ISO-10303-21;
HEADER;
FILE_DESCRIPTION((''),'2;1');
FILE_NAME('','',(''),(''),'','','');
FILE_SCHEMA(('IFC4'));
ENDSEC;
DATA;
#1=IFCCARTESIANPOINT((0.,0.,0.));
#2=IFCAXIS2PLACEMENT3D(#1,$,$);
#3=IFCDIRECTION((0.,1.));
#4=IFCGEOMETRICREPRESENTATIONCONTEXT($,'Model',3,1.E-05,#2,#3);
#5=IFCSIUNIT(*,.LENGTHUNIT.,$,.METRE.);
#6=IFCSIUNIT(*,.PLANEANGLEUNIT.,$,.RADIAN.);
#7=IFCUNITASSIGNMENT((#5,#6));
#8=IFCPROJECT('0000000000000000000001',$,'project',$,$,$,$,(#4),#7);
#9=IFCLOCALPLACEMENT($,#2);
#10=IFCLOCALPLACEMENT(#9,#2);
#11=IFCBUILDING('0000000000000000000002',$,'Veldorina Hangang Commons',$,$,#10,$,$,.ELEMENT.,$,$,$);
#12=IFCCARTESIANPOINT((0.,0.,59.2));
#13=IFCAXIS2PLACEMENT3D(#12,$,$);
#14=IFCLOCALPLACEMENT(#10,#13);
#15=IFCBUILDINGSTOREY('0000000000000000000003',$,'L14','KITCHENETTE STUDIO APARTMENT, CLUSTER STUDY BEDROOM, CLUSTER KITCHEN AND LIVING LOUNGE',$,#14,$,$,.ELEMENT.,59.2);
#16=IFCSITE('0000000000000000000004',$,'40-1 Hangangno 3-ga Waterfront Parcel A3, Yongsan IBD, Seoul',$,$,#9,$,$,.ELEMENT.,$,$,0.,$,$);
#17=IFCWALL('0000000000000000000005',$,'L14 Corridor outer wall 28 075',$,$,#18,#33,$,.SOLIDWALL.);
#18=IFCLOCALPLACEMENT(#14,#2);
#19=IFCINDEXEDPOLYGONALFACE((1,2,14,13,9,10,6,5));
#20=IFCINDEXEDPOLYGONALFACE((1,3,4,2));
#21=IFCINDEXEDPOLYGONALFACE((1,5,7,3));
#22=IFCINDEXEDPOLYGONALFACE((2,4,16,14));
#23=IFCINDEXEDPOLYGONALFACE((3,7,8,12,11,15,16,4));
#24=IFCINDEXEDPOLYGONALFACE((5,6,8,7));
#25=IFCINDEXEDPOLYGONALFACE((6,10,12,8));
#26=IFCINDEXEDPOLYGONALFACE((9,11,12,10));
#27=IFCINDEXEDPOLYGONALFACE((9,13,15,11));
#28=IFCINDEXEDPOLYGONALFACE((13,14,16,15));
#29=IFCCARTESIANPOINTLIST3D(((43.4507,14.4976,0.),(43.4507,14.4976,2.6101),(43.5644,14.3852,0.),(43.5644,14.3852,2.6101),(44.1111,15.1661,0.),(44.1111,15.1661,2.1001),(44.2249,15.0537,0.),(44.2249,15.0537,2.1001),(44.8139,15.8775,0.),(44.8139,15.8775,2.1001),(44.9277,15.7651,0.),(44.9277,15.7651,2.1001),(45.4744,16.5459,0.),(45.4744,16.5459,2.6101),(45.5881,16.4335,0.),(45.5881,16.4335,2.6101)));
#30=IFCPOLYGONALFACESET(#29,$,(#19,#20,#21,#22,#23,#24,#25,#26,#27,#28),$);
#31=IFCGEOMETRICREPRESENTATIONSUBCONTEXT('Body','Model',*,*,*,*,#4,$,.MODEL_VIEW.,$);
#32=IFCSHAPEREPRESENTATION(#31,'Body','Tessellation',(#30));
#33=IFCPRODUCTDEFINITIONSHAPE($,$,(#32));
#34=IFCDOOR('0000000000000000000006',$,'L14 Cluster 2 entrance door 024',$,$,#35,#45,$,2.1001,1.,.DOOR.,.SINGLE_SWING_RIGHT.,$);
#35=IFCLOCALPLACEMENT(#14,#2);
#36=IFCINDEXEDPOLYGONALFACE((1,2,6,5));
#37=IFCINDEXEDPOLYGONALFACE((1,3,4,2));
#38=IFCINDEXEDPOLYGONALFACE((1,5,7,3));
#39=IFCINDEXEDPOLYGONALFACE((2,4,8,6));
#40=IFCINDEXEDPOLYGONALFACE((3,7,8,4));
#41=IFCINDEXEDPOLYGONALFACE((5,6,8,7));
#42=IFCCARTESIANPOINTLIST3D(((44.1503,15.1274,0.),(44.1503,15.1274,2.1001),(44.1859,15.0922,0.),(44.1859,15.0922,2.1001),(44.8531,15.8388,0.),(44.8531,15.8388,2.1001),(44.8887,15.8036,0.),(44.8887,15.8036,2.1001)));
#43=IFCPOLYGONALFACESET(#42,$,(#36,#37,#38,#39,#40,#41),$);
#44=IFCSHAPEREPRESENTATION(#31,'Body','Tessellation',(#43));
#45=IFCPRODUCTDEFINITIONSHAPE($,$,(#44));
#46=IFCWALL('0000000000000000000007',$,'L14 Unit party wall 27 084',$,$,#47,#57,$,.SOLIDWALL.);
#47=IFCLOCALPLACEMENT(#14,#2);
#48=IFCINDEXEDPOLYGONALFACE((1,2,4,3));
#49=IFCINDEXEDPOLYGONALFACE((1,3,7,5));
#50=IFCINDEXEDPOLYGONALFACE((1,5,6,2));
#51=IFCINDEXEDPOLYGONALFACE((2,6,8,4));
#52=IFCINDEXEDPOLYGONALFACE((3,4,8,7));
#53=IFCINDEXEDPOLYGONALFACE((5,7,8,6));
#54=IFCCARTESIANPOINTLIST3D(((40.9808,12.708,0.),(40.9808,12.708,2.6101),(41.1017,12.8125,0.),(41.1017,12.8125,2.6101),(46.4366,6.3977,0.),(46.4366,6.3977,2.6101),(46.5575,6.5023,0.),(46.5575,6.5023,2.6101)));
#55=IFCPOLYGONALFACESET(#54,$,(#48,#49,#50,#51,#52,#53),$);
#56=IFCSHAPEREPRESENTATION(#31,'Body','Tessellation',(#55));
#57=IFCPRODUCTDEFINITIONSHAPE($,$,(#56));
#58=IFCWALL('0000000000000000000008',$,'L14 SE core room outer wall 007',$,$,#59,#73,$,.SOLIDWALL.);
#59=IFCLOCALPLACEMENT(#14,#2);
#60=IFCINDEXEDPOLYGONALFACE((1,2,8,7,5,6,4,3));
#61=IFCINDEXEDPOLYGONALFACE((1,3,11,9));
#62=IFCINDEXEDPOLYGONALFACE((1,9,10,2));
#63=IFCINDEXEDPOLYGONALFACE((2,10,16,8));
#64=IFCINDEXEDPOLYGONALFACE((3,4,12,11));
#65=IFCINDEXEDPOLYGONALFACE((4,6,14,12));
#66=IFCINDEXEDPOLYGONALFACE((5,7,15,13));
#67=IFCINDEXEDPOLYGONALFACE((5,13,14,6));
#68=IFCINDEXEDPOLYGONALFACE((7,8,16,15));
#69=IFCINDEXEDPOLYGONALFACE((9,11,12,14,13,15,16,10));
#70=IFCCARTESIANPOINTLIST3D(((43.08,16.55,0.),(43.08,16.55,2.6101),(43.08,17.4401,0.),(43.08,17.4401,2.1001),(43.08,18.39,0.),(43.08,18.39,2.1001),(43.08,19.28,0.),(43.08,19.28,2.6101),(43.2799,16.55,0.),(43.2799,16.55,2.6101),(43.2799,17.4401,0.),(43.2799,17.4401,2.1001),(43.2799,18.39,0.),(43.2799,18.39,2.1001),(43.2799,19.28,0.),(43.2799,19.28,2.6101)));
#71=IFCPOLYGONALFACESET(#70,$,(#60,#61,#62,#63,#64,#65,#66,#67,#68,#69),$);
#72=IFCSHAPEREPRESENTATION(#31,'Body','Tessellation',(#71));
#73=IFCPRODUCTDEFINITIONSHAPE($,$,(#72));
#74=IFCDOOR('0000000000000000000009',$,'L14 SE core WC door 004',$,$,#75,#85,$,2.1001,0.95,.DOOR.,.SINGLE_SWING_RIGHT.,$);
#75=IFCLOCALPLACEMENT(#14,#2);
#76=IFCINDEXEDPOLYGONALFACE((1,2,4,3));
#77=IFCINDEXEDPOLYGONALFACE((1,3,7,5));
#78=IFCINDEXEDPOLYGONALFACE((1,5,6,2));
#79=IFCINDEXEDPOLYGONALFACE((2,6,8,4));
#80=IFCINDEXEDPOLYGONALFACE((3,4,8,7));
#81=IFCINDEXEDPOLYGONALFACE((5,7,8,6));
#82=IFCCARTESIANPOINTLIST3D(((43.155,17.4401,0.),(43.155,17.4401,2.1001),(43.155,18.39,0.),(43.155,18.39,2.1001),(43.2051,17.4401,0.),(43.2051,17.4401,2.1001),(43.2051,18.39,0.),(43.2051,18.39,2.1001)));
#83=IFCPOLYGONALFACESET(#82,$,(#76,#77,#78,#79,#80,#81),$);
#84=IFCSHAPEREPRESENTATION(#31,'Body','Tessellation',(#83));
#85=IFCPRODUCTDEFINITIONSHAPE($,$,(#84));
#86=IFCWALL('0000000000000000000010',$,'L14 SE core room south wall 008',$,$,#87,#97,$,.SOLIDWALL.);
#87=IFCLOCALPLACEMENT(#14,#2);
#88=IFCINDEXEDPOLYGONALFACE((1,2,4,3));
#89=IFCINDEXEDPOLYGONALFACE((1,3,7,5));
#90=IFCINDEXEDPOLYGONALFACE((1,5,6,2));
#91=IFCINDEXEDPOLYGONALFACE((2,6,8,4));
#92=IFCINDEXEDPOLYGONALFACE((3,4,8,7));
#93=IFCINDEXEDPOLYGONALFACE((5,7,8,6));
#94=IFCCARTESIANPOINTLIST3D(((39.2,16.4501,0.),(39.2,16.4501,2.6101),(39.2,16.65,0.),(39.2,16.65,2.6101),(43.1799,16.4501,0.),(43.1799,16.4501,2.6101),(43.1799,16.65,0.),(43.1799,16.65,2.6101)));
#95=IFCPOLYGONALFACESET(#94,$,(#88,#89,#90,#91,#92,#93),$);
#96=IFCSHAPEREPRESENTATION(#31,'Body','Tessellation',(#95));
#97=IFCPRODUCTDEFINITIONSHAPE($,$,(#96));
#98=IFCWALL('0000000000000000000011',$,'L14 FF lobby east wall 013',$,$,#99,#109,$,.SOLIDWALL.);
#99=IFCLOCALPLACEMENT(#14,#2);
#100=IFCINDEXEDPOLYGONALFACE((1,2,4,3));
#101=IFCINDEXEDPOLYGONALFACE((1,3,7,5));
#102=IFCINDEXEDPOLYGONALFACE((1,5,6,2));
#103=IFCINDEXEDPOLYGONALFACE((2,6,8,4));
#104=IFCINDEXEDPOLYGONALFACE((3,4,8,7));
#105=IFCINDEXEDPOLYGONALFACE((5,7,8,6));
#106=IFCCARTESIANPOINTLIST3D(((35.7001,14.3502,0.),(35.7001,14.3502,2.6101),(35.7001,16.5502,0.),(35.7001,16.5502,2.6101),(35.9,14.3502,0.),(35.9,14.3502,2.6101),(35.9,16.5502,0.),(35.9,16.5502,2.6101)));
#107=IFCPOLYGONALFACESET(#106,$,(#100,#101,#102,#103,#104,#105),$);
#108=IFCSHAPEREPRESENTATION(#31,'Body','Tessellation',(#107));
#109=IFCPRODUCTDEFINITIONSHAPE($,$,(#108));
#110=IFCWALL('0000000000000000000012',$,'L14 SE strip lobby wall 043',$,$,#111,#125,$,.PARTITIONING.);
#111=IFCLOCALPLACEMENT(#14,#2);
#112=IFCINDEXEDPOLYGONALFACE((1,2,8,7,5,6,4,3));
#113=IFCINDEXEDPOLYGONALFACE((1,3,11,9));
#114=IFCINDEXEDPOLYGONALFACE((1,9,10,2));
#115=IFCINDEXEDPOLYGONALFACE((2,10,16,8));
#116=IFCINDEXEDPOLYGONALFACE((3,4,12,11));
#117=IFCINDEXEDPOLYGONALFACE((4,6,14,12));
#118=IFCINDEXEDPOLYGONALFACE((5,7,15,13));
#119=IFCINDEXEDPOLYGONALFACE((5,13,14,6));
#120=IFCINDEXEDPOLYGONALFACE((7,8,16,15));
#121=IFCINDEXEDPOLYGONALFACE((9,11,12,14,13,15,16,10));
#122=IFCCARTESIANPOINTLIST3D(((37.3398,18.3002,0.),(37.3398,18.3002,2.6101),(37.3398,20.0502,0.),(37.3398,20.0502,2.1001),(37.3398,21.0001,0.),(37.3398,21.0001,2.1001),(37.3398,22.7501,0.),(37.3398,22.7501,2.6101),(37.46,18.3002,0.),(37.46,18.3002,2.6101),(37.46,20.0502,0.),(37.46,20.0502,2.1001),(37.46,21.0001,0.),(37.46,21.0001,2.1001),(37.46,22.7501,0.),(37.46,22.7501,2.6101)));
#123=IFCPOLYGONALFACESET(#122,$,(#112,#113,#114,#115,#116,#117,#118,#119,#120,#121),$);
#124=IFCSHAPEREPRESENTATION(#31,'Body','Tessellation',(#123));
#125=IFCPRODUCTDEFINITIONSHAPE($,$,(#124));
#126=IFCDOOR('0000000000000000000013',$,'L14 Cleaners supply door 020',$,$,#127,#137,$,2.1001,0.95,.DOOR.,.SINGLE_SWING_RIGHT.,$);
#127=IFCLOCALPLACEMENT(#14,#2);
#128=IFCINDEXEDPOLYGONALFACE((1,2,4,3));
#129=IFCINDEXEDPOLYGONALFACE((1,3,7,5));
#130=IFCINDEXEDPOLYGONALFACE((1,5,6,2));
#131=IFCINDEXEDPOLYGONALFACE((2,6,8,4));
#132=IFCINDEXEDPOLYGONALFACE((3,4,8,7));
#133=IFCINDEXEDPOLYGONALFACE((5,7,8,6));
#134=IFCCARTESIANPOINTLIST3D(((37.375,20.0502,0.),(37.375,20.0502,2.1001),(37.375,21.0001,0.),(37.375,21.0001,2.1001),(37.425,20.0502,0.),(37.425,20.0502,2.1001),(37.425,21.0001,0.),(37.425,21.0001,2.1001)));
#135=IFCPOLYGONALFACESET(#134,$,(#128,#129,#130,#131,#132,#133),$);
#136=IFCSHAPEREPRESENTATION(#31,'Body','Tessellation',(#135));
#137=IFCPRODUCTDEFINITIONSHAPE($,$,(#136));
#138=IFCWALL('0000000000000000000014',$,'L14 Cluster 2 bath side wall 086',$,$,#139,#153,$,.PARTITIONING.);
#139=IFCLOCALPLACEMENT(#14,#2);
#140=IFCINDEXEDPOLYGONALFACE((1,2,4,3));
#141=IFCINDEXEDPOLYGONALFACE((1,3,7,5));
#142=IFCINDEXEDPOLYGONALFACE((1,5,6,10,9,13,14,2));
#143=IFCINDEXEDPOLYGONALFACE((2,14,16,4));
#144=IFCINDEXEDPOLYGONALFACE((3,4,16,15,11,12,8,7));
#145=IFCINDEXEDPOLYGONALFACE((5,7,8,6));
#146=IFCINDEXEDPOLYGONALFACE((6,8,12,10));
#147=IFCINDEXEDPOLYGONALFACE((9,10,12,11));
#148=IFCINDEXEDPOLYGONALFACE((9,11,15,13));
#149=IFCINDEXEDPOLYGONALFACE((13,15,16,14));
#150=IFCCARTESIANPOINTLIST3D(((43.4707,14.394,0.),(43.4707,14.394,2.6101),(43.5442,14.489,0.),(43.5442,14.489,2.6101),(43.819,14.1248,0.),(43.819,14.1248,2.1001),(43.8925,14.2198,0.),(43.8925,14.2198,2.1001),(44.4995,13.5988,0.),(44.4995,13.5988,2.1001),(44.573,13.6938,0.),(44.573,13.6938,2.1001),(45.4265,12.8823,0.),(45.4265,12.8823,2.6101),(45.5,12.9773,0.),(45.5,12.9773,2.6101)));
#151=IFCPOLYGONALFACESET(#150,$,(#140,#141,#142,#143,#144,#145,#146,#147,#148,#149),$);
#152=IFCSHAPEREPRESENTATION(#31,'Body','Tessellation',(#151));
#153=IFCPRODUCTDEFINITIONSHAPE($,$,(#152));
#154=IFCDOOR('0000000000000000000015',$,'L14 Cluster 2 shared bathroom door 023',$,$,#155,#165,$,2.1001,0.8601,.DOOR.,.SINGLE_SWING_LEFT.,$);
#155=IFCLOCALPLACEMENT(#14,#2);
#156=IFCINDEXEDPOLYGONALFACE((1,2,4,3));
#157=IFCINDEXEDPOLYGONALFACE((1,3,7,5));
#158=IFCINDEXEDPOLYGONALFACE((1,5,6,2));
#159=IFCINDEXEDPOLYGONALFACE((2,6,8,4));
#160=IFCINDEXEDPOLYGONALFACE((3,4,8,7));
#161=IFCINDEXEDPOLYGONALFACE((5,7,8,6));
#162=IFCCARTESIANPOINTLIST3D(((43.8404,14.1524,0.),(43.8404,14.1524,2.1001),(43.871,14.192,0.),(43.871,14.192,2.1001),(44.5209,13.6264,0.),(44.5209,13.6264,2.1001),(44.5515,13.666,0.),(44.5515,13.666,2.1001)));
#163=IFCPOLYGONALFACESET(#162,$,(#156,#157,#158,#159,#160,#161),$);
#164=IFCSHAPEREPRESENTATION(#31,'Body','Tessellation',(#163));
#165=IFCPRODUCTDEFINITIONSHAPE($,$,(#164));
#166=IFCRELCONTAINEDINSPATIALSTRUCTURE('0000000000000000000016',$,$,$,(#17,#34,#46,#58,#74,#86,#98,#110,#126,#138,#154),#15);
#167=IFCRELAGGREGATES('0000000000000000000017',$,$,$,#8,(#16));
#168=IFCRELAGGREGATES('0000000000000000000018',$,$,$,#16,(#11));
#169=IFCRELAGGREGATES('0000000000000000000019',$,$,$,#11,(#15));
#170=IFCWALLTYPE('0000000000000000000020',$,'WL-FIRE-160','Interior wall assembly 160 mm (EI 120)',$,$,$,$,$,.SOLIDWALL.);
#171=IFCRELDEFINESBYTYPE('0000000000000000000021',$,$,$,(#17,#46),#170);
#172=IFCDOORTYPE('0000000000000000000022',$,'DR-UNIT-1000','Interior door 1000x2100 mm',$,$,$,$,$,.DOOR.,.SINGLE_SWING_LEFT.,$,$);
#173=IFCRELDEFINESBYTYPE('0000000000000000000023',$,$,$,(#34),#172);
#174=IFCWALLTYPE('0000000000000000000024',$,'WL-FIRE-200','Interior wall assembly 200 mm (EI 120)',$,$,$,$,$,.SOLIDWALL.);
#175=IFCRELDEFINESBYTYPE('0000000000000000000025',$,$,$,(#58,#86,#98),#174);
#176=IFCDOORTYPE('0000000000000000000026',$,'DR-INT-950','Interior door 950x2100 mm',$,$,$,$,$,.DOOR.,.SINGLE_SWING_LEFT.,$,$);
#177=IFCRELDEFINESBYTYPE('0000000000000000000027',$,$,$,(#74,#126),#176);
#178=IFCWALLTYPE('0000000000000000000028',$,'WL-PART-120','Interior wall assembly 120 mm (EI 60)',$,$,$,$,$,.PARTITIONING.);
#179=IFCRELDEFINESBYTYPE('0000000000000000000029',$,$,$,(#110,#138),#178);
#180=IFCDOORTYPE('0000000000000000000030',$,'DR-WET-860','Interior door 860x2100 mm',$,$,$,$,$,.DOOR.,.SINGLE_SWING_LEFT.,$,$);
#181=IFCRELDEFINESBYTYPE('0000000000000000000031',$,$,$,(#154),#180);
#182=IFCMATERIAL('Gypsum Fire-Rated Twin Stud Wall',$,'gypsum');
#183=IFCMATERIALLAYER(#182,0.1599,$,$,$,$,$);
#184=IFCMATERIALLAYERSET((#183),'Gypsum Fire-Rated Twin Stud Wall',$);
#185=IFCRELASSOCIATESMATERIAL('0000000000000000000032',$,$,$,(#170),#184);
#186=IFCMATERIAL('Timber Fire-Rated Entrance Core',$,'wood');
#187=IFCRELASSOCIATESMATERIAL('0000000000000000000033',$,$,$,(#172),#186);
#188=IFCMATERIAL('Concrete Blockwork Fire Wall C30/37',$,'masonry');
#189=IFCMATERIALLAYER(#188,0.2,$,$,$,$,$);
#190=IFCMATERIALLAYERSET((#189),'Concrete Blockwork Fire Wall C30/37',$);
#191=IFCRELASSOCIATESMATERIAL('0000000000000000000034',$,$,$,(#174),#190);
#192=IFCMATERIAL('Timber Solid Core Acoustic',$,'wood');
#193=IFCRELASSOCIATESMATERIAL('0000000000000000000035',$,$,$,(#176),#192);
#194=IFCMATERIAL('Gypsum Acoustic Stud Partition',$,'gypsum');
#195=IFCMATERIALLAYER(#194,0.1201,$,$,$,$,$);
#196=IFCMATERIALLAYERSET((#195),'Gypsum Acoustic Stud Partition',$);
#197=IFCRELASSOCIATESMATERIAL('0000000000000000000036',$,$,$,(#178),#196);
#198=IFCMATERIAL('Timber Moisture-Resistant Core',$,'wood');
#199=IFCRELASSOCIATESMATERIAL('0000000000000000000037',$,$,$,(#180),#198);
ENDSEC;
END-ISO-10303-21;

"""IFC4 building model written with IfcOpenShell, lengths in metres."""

from ifc_helpers import new_model, si_unit, direction, frame, frame_2d, origin, place, context, subcontext, project, spatial, rectangle, extrude, material, layer, layer_set, type_object, element, fill, save


model = new_model("IFC4")

# Units and contexts
model_context = context("Model", 3, precision=1e-05, world=origin(), true_north=direction((0.0, 1.0)))
body_context = subcontext(model_context, "Body", "Model", "MODEL_VIEW")
ifc_project = project(units=[si_unit("LENGTHUNIT", "METRE"), si_unit("PLANEANGLEUNIT", "RADIAN")], contexts=[model_context])

# Site, building, storey
site_placement = place(None, origin())
site = spatial("IfcSite", under=ifc_project, at=site_placement, Name="40-1 Hangangno 3-ga Waterfront Parcel A3, Yongsan IBD, Seoul", CompositionType="ELEMENT", RefElevation=0.0)
building_placement = place(site_placement, origin())
building = spatial("IfcBuilding", under=site, at=building_placement, Name="Veldorina Hangang Commons", CompositionType="ELEMENT")
storey_placement = place(building_placement, frame((0.0, 0.0, 59.2)))
storey = spatial("IfcBuildingStorey", under=building, at=storey_placement, Name="L14", Description="KITCHENETTE STUDIO APARTMENT, CLUSTER STUDY BEDROOM, CLUSTER KITCHEN AND LIVING LOUNGE", CompositionType="ELEMENT", Elevation=59.2)

# Shared definitions
ifc_material_1 = material(Name="Gypsum Fire-Rated Twin Stud Wall", Category="gypsum")
ifc_layer_1 = layer(ifc_material_1, 0.1599)
ifc_layer_set_1 = layer_set([ifc_layer_1], Name="Gypsum Fire-Rated Twin Stud Wall")
wall_type_1 = type_object("IfcWallType", Name="WL-FIRE-160", Description="Interior wall assembly 160 mm (EI 120)", PredefinedType="SOLIDWALL", material=ifc_layer_set_1)

# Wall, opening, door
wall_1_placement = place(storey_placement, frame((43.5076, 14.4414, 0.0), z_axis=(0.0, 0.0, 1.0), x_axis=(0.702812, 0.711376, 0.0)))
wall_1 = element("IfcWall", 1, at=wall_1_placement, inside=storey, type_object=wall_type_1, Name="L14 Corridor outer wall 28 075", PredefinedType="SOLIDWALL", context=body_context, shape_type="SweptSolid", body=[
    extrude(rectangle(XDim=2.8794, YDim=0.1599, at=frame_2d((1.4397, 0.0))), origin(), (0.0, 0.0, 1.0), 2.6101),
])
opening_1_placement = place(wall_1_placement, frame((0.9397, 0.0, 0.0)))
opening_1 = element("IfcOpeningElement", 2, at=opening_1_placement, cuts=wall_1, PredefinedType="OPENING", context=body_context, shape_type="SweptSolid", body=[
    extrude(rectangle(XDim=1.0, YDim=2.1001, at=frame_2d((0.5, 1.05))), frame((0.0, 0.0898, 0.0), z_axis=(0.0, -1.0, 0.0), x_axis=(1.0, 0.0, 0.0)), (0.0, 0.0, 1.0), 0.1799),
])
ifc_material_2 = material(Name="Timber Fire-Rated Entrance Core", Category="wood")
door_type_1 = type_object("IfcDoorType", Name="DR-UNIT-1000", Description="Interior door 1000x2100 mm", OperationType="SINGLE_SWING_LEFT", PredefinedType="DOOR", material=ifc_material_2)
door_1_placement = place(opening_1_placement, origin())
door_1 = element("IfcDoor", 3, at=door_1_placement, inside=storey, type_object=door_type_1, Name="L14 Cluster 2 entrance door 024", OperationType="SINGLE_SWING_RIGHT", OverallHeight=2.1001, OverallWidth=1.0, PredefinedType="DOOR", context=body_context, shape_type="SweptSolid", body=[
    extrude(rectangle(XDim=1.0, YDim=2.1001, at=frame_2d((0.5, 1.05))), frame((0.0, 0.0249, 0.0), z_axis=(0.0, -1.0, 0.0), x_axis=(1.0, 0.0, 0.0)), (0.0, 0.0, 1.0), 0.05),
])
fill(opening_1, door_1)

# Wall
wall_2_placement = place(storey_placement, frame((41.0413, 12.7603, 0.0), z_axis=(0.0, 0.0, 1.0), x_axis=(0.654032, -0.756467, 0.0)))
element("IfcWall", 4, at=wall_2_placement, inside=storey, type_object=wall_type_1, Name="L14 Unit party wall 27 084", PredefinedType="SOLIDWALL", context=body_context, shape_type="SweptSolid", body=[
    extrude(rectangle(XDim=8.3418, YDim=0.1599, at=frame_2d((4.1709, 0.0))), origin(), (0.0, 0.0, 1.0), 2.6101),
])

# Wall, opening, door
ifc_material_3 = material(Name="Concrete Blockwork Fire Wall C30/37", Category="masonry")
ifc_layer_2 = layer(ifc_material_3, 0.2)
ifc_layer_set_2 = layer_set([ifc_layer_2], Name="Concrete Blockwork Fire Wall C30/37")
wall_type_2 = type_object("IfcWallType", Name="WL-FIRE-200", Description="Interior wall assembly 200 mm (EI 120)", PredefinedType="SOLIDWALL", material=ifc_layer_set_2)
wall_3_placement = place(storey_placement, frame((43.1799, 16.55, 0.0), z_axis=(0.0, 0.0, 1.0), x_axis=(0.0, 1.0, 0.0)))
wall_3 = element("IfcWall", 5, at=wall_3_placement, inside=storey, type_object=wall_type_2, Name="L14 SE core room outer wall 007", PredefinedType="SOLIDWALL", context=body_context, shape_type="SweptSolid", body=[
    extrude(rectangle(XDim=2.73, YDim=0.2, at=frame_2d((1.365, 0.0))), origin(), (0.0, 0.0, 1.0), 2.6101),
])
opening_2_placement = place(wall_3_placement, frame((0.8899, 0.0, 0.0)))
opening_2 = element("IfcOpeningElement", 6, at=opening_2_placement, cuts=wall_3, PredefinedType="OPENING", context=body_context, shape_type="SweptSolid", body=[
    extrude(rectangle(XDim=0.95, YDim=2.1001, at=frame_2d((0.4751, 1.05))), frame((0.0, 0.1099, 0.0), z_axis=(0.0, -1.0, 0.0), x_axis=(1.0, 0.0, 0.0)), (0.0, 0.0, 1.0), 0.22),
])
ifc_material_4 = material(Name="Timber Solid Core Acoustic", Category="wood")
door_type_2 = type_object("IfcDoorType", Name="DR-INT-950", Description="Interior door 950x2100 mm", OperationType="SINGLE_SWING_LEFT", PredefinedType="DOOR", material=ifc_material_4)
door_2_placement = place(opening_2_placement, origin())
door_2 = element("IfcDoor", 7, at=door_2_placement, inside=storey, type_object=door_type_2, Name="L14 SE core WC door 004", OperationType="SINGLE_SWING_RIGHT", OverallHeight=2.1001, OverallWidth=0.95, PredefinedType="DOOR", context=body_context, shape_type="SweptSolid", body=[
    extrude(rectangle(XDim=0.95, YDim=2.1001, at=frame_2d((0.4751, 1.05))), frame((0.0, 0.0249, 0.0), z_axis=(0.0, -1.0, 0.0), x_axis=(1.0, 0.0, 0.0)), (0.0, 0.0, 1.0), 0.05),
])
fill(opening_2, door_2)

# Walls
wall_4_placement = place(storey_placement, frame((39.2, 16.55, 0.0), z_axis=(0.0, 0.0, 1.0), x_axis=(1.0, 0.0, 0.0)))
element("IfcWall", 8, at=wall_4_placement, inside=storey, type_object=wall_type_2, Name="L14 SE core room south wall 008", PredefinedType="SOLIDWALL", context=body_context, shape_type="SweptSolid", body=[
    extrude(rectangle(XDim=3.98, YDim=0.2, at=frame_2d((1.99, 0.0))), origin(), (0.0, 0.0, 1.0), 2.6101),
])
wall_5_placement = place(storey_placement, frame((35.8, 14.3501, 0.0), z_axis=(0.0, 0.0, 1.0), x_axis=(0.0, 1.0, 0.0)))
element("IfcWall", 9, at=wall_5_placement, inside=storey, type_object=wall_type_2, Name="L14 FF lobby east wall 013", PredefinedType="SOLIDWALL", context=body_context, shape_type="SweptSolid", body=[
    extrude(rectangle(XDim=2.2, YDim=0.2, at=frame_2d((1.1001, 0.0))), origin(), (0.0, 0.0, 1.0), 2.6101),
])

# Walls, openings, doors
ifc_material_5 = material(Name="Gypsum Acoustic Stud Partition", Category="gypsum")
ifc_layer_3 = layer(ifc_material_5, 0.1201)
ifc_layer_set_3 = layer_set([ifc_layer_3], Name="Gypsum Acoustic Stud Partition")
wall_type_3 = type_object("IfcWallType", Name="WL-PART-120", Description="Interior wall assembly 120 mm (EI 60)", PredefinedType="PARTITIONING", material=ifc_layer_set_3)
wall_6_placement = place(storey_placement, frame((37.3999, 18.3, 0.0), z_axis=(0.0, 0.0, 1.0), x_axis=(0.0, 1.0, 0.0)))
wall_6 = element("IfcWall", 10, at=wall_6_placement, inside=storey, type_object=wall_type_3, Name="L14 SE strip lobby wall 043", PredefinedType="PARTITIONING", context=body_context, shape_type="SweptSolid", body=[
    extrude(rectangle(XDim=4.45, YDim=0.1201, at=frame_2d((2.2251, 0.0))), origin(), (0.0, 0.0, 1.0), 2.6101),
])
opening_3_placement = place(wall_6_placement, frame((1.75, 0.0, 0.0)))
opening_3 = element("IfcOpeningElement", 11, at=opening_3_placement, cuts=wall_6, PredefinedType="OPENING", context=body_context, shape_type="SweptSolid", body=[
    extrude(rectangle(XDim=0.95, YDim=2.1001, at=frame_2d((0.4751, 1.05))), frame((0.0, 0.0701, 0.0), z_axis=(0.0, -1.0, 0.0), x_axis=(1.0, 0.0, 0.0)), (0.0, 0.0, 1.0), 0.1401),
])
door_3_placement = place(opening_3_placement, origin())
door_3 = element("IfcDoor", 12, at=door_3_placement, inside=storey, type_object=door_type_2, Name="L14 Cleaners supply door 020", OperationType="SINGLE_SWING_RIGHT", OverallHeight=2.1001, OverallWidth=0.95, PredefinedType="DOOR", context=body_context, shape_type="SweptSolid", body=[
    extrude(rectangle(XDim=0.95, YDim=2.1001, at=frame_2d((0.4751, 1.05))), frame((0.0, 0.0249, 0.0), z_axis=(0.0, -1.0, 0.0), x_axis=(1.0, 0.0, 0.0)), (0.0, 0.0, 1.0), 0.05),
])
fill(opening_3, door_3)
wall_7_placement = place(storey_placement, frame((43.5076, 14.4414, 0.0), z_axis=(0.0, 0.0, 1.0), x_axis=(0.791205, -0.611551, 0.0)))
wall_7 = element("IfcWall", 13, at=wall_7_placement, inside=storey, type_object=wall_type_3, Name="L14 Cluster 2 bath side wall 086", PredefinedType="PARTITIONING", context=body_context, shape_type="SweptSolid", body=[
    extrude(rectangle(XDim=2.4719, YDim=0.1201, at=frame_2d((1.2358, 0.0))), origin(), (0.0, 0.0, 1.0), 2.6101),
])
opening_4_placement = place(wall_7_placement, frame((0.4399, 0.0, 0.0)))
opening_4 = element("IfcOpeningElement", 14, at=opening_4_placement, cuts=wall_7, PredefinedType="OPENING", context=body_context, shape_type="SweptSolid", body=[
    extrude(rectangle(XDim=0.8601, YDim=2.1001, at=frame_2d((0.4302, 1.05))), frame((0.0, 0.0701, 0.0), z_axis=(0.0, -1.0, 0.0), x_axis=(1.0, 0.0, 0.0)), (0.0, 0.0, 1.0), 0.1401),
])
ifc_material_6 = material(Name="Timber Moisture-Resistant Core", Category="wood")
door_type_3 = type_object("IfcDoorType", Name="DR-WET-860", Description="Interior door 860x2100 mm", OperationType="SINGLE_SWING_LEFT", PredefinedType="DOOR", material=ifc_material_6)
door_4_placement = place(opening_4_placement, origin())
door_4 = element("IfcDoor", 15, at=door_4_placement, inside=storey, type_object=door_type_3, Name="L14 Cluster 2 shared bathroom door 023", OperationType="SINGLE_SWING_LEFT", OverallHeight=2.1001, OverallWidth=0.8601, PredefinedType="DOOR", context=body_context, shape_type="SweptSolid", body=[
    extrude(rectangle(XDim=0.8601, YDim=2.1001, at=frame_2d((0.4302, 1.05))), frame((0.0, 0.0249, 0.0), z_axis=(0.0, -1.0, 0.0), x_axis=(1.0, 0.0, 0.0)), (0.0, 0.0, 1.0), 0.05),
])
fill(opening_4, door_4)

save(model, "model.ifc")
